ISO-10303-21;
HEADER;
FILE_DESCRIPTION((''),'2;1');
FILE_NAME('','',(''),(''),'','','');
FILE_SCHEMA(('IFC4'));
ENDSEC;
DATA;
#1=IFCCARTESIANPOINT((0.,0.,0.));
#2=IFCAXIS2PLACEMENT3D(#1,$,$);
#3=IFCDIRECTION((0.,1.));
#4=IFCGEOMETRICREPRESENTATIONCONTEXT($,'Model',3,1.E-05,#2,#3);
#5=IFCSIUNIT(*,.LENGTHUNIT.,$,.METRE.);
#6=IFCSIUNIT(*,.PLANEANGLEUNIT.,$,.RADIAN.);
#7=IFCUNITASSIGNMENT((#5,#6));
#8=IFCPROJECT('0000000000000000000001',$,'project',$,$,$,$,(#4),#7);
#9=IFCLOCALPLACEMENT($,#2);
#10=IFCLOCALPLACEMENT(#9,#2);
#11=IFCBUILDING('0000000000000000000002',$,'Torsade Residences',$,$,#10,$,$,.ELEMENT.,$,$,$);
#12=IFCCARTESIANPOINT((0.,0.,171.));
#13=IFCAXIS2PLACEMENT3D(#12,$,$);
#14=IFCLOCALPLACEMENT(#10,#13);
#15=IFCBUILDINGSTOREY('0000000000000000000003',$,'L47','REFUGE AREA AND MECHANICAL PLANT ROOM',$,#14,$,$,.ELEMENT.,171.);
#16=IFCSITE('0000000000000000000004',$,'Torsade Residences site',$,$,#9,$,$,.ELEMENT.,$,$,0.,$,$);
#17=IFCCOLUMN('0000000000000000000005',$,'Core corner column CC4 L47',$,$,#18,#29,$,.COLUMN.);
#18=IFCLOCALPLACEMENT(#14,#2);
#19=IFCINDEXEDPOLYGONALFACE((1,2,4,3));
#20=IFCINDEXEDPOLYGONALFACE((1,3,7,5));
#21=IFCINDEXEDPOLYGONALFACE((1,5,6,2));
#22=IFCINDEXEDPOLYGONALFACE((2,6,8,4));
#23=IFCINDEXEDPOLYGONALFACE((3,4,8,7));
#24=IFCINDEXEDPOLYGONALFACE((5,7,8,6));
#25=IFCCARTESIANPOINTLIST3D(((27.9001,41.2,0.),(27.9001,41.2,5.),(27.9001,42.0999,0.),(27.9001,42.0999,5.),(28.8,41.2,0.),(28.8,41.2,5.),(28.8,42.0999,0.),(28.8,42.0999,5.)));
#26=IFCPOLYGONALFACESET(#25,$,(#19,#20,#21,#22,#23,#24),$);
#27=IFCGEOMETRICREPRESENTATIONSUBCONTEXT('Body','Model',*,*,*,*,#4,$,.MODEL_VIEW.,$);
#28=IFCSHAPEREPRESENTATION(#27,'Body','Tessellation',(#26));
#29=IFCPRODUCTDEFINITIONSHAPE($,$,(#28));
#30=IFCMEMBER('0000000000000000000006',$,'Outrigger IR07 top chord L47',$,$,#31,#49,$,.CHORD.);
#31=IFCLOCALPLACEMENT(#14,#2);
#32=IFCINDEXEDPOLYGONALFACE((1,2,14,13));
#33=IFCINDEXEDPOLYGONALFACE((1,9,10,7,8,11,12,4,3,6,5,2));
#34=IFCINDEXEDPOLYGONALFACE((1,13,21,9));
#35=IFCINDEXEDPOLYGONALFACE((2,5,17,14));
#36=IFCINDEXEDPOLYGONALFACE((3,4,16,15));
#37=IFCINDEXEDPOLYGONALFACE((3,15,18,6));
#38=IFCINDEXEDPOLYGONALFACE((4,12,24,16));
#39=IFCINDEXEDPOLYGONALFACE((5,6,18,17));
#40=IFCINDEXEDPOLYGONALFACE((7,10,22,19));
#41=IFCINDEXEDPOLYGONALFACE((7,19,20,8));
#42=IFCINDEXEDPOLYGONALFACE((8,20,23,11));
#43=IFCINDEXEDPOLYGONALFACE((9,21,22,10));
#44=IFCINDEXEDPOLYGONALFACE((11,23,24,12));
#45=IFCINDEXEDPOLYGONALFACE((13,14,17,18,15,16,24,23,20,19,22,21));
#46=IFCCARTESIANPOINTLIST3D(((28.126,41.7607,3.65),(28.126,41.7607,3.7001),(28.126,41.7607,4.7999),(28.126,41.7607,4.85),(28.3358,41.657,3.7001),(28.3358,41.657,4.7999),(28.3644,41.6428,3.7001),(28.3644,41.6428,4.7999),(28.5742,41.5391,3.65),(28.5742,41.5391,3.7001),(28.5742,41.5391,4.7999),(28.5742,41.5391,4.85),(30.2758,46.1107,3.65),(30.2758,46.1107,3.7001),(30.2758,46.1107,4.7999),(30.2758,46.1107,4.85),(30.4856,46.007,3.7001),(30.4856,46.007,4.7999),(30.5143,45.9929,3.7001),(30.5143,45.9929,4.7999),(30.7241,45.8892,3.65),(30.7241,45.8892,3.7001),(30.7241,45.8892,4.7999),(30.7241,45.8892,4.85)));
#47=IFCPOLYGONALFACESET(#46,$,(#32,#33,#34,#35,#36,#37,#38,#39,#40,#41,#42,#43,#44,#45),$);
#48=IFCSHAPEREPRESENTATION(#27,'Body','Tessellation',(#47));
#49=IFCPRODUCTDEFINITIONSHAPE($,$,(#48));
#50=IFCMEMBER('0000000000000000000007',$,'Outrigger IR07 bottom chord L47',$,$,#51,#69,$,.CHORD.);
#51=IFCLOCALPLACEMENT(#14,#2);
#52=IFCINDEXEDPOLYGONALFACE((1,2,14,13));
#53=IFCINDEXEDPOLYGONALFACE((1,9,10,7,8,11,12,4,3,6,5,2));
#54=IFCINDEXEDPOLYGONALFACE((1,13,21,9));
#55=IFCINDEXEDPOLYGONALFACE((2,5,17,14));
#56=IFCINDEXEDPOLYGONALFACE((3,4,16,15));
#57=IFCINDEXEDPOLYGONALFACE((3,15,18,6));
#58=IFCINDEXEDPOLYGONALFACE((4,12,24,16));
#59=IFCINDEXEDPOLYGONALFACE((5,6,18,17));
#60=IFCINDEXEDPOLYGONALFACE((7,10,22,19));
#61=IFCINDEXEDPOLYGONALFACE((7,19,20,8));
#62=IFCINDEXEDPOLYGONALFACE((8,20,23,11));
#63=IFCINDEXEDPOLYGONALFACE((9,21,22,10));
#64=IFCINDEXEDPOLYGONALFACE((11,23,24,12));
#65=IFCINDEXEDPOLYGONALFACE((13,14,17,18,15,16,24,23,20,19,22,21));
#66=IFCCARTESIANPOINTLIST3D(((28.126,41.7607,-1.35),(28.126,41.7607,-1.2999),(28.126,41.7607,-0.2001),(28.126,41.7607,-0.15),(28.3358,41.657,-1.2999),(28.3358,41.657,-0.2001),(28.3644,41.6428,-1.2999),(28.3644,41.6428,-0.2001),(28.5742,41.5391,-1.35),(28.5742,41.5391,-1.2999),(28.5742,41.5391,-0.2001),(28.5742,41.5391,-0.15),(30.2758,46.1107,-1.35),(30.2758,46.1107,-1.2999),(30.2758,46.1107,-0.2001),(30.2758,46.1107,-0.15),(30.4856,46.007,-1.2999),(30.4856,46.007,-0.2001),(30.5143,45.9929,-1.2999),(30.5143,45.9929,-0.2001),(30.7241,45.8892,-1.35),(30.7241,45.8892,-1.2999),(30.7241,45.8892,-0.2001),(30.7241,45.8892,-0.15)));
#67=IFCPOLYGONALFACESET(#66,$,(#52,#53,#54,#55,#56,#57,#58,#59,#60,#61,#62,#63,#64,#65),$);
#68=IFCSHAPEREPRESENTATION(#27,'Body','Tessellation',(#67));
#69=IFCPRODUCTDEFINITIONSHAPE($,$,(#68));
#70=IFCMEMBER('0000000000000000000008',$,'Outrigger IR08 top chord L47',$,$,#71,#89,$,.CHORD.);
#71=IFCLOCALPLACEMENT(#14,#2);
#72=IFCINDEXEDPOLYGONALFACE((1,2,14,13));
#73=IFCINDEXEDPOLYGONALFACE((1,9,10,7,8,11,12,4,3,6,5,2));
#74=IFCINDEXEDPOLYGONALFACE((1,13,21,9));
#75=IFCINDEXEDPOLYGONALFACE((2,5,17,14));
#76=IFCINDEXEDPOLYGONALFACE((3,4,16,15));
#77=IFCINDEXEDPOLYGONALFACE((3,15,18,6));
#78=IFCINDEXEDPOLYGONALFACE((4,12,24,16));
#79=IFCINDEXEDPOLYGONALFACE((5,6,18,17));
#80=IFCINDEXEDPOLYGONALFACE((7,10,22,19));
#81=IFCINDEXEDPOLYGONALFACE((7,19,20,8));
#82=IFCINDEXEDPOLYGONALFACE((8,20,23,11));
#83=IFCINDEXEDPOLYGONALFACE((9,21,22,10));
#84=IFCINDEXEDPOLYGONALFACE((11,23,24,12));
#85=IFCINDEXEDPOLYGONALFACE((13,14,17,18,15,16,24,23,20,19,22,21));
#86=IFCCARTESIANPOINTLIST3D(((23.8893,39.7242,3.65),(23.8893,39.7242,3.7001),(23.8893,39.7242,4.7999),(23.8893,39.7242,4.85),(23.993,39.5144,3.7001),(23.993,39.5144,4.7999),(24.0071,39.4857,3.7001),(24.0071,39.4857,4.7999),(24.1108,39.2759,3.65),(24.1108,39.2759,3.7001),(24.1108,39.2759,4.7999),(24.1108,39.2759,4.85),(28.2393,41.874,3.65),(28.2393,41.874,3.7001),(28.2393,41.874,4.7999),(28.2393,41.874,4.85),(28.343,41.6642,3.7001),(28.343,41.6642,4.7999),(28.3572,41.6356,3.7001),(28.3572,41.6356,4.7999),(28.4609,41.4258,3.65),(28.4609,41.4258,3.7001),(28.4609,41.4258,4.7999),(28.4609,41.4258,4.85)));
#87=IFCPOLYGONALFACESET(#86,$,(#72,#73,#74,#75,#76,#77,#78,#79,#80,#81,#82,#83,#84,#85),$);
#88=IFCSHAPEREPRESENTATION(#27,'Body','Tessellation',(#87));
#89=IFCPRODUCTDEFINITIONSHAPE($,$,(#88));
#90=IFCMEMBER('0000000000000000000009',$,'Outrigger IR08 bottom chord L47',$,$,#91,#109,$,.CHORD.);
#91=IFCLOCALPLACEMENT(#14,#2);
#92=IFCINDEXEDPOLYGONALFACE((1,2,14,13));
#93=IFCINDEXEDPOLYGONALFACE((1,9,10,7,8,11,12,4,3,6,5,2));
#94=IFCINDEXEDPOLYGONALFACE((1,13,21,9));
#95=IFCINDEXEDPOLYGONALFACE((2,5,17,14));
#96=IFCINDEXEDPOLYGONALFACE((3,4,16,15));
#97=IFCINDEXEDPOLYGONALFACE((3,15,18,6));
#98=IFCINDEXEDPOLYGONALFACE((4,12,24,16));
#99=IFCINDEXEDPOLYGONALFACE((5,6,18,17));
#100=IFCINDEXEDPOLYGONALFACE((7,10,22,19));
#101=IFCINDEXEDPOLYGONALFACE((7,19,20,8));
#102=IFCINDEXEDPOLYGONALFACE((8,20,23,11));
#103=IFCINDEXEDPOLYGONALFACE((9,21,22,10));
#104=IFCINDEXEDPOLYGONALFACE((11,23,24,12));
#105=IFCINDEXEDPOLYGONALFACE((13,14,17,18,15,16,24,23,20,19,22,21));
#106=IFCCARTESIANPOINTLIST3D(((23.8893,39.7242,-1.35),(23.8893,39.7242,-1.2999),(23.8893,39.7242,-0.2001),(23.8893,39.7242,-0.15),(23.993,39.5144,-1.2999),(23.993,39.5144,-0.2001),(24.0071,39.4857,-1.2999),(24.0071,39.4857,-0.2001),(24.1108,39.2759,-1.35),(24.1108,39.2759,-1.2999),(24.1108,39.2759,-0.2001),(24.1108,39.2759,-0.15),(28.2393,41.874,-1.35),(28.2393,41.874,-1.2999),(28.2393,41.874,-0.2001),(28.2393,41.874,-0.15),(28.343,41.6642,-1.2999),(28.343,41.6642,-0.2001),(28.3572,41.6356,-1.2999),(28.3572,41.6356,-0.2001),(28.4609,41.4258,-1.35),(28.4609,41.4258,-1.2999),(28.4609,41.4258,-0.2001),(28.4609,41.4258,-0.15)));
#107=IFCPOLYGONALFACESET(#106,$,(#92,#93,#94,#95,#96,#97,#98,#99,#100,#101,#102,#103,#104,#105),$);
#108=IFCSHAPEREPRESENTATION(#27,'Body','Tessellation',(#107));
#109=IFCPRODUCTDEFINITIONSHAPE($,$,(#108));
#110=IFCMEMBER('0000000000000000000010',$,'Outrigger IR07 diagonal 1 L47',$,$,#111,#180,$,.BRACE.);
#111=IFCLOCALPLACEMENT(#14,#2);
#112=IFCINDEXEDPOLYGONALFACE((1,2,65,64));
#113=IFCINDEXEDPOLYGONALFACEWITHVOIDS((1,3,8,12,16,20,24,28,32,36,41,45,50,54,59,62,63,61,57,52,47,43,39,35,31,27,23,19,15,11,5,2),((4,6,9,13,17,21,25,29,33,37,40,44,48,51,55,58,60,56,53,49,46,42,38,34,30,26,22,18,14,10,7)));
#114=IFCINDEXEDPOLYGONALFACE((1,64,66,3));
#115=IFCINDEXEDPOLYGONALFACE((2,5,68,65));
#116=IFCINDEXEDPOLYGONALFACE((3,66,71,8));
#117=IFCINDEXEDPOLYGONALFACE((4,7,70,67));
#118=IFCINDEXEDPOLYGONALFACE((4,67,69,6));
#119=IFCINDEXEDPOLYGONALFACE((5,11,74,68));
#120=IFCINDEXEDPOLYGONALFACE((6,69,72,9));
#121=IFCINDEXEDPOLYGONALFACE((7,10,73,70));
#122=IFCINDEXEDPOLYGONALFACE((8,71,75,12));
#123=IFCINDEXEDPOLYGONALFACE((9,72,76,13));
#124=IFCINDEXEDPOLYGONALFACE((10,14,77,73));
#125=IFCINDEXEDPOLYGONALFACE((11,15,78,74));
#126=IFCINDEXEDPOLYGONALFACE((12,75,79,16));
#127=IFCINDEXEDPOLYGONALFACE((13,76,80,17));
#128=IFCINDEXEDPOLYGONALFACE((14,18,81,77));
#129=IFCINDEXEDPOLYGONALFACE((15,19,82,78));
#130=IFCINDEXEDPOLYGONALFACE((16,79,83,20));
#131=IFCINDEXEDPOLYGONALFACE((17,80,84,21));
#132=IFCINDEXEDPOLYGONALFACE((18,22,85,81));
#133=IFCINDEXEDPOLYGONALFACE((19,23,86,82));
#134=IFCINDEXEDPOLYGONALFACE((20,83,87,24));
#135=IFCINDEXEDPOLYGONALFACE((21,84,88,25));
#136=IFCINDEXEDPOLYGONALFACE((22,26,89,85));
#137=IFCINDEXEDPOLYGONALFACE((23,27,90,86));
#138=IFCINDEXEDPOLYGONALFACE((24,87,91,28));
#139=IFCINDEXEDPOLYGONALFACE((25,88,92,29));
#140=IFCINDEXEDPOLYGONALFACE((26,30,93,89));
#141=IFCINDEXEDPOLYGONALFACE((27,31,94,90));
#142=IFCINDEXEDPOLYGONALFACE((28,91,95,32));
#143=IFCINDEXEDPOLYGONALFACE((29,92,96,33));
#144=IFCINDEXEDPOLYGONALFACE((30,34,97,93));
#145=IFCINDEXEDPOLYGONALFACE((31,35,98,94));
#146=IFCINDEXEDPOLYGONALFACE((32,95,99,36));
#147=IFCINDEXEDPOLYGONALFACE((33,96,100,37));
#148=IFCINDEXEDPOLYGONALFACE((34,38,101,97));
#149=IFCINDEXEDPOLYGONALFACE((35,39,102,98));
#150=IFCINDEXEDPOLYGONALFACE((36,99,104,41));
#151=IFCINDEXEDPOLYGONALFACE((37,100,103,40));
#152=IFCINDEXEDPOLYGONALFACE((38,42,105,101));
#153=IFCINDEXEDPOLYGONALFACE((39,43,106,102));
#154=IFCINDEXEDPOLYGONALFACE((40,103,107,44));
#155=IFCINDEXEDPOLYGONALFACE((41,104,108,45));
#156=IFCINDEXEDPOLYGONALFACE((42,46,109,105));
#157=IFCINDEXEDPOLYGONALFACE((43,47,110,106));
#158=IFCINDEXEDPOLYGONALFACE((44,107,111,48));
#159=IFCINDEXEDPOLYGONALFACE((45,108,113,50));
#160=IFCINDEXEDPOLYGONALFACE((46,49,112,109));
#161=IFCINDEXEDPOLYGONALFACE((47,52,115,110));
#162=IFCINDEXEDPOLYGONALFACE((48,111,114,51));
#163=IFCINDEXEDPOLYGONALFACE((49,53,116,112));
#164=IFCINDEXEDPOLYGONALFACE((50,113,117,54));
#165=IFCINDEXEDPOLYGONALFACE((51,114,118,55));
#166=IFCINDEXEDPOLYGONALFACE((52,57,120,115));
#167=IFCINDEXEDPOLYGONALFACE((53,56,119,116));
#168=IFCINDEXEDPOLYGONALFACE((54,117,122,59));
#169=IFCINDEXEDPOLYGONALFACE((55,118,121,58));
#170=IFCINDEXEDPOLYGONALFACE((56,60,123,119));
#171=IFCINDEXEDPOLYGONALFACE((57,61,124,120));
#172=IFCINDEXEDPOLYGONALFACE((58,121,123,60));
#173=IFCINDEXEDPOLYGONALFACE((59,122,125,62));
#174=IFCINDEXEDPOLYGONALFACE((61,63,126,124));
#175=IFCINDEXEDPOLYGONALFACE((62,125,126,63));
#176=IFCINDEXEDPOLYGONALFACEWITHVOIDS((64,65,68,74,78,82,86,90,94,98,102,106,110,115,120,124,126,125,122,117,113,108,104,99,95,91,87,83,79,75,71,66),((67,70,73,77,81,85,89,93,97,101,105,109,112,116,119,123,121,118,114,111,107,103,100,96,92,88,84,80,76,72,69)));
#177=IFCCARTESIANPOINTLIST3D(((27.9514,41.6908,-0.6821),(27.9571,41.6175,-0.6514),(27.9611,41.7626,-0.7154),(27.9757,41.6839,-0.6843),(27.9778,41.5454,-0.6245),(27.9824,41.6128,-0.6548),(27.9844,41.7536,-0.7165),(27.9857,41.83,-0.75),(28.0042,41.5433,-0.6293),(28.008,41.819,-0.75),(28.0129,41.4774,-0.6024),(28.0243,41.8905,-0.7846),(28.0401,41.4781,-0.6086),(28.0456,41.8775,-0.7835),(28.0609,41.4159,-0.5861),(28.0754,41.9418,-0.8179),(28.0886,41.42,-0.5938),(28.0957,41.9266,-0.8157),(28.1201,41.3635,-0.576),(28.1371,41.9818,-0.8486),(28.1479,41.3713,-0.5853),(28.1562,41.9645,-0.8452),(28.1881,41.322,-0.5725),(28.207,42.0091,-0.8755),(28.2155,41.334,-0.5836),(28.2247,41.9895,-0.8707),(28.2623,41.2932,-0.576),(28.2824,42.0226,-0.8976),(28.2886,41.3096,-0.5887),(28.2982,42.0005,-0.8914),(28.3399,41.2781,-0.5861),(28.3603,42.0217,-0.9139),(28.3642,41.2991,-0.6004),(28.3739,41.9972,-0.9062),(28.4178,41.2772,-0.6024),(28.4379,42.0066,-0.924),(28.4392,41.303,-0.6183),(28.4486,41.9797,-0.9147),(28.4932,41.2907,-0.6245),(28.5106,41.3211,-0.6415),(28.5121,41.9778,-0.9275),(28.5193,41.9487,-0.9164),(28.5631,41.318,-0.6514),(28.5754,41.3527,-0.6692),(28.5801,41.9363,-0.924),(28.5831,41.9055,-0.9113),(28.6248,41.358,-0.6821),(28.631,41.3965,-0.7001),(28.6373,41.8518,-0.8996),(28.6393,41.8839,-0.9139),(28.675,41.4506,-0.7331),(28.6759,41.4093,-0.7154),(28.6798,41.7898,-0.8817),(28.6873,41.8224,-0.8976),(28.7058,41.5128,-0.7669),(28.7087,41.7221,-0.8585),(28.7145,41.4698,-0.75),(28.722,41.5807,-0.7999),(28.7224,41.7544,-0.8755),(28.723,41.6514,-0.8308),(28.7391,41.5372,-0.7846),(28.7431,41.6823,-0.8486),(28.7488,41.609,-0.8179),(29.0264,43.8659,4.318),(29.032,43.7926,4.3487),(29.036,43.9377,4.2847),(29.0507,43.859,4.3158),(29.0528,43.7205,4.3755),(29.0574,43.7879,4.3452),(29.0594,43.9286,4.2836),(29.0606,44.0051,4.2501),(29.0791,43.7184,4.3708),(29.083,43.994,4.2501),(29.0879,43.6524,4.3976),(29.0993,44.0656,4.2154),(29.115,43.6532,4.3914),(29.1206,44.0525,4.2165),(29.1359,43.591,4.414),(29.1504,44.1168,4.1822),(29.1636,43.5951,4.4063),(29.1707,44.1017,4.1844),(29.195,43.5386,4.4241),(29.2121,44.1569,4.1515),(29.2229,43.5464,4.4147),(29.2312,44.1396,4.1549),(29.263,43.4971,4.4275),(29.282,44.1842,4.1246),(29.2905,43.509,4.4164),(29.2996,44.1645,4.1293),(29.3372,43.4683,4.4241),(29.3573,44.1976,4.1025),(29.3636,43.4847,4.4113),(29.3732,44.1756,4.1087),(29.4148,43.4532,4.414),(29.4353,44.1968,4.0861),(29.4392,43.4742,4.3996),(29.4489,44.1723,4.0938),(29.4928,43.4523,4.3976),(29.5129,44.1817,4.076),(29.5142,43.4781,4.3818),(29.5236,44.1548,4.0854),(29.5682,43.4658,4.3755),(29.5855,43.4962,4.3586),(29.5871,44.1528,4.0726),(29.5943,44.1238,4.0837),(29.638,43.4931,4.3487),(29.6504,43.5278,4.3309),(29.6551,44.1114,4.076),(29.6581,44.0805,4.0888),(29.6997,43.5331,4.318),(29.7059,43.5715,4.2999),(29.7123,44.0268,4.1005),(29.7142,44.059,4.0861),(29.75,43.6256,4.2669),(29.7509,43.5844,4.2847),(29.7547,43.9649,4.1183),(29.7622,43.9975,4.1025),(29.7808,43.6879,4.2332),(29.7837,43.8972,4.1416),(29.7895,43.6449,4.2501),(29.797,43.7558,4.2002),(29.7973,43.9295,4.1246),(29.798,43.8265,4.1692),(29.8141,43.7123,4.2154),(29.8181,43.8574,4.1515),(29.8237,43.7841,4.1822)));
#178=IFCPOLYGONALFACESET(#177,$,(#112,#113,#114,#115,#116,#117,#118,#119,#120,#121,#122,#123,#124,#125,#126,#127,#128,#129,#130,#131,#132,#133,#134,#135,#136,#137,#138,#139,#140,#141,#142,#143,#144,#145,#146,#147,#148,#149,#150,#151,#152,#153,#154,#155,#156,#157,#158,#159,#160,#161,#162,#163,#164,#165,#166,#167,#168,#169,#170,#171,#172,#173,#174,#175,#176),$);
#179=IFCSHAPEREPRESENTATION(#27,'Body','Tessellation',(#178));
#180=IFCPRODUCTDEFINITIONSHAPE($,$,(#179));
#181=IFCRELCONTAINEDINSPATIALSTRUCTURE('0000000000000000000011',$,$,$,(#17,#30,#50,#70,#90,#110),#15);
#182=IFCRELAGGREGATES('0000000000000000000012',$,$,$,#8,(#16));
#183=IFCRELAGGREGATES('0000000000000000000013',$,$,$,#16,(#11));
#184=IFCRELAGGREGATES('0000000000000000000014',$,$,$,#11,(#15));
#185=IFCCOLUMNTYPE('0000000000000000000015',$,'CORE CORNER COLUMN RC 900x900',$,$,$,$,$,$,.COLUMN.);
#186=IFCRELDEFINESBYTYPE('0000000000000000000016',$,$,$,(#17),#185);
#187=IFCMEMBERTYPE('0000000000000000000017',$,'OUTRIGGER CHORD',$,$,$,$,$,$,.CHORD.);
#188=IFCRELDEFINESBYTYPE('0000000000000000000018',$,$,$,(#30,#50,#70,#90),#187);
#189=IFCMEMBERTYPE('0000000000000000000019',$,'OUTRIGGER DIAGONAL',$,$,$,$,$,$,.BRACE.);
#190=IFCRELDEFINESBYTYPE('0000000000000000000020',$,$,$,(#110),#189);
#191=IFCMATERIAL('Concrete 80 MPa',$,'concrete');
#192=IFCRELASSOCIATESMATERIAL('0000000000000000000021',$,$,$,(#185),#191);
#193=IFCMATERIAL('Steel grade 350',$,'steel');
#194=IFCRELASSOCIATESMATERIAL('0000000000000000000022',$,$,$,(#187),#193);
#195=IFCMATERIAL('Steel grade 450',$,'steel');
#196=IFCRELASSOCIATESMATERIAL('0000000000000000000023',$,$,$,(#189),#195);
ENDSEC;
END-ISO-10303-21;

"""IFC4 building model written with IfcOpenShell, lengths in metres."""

from ifc_helpers import new_model, si_unit, direction, frame, origin, origin_2d, place, context, subcontext, project, spatial, rectangle, hollow_circle, i_section, extrude, material, material_profile, profile_set, type_object, element, save


model = new_model("IFC4")

# Units and contexts
model_context = context("Model", 3, precision=1e-05, world=origin(), true_north=direction((0.0, 1.0)))
body_context = subcontext(model_context, "Body", "Model", "MODEL_VIEW")
ifc_project = project(units=[si_unit("LENGTHUNIT", "METRE"), si_unit("PLANEANGLEUNIT", "RADIAN")], contexts=[model_context])

# Site, building, storey
site_placement = place(None, origin())
site = spatial("IfcSite", under=ifc_project, at=site_placement, Name="Torsade Residences site", CompositionType="ELEMENT", RefElevation=0.0)
building_placement = place(site_placement, origin())
building = spatial("IfcBuilding", under=site, at=building_placement, Name="Torsade Residences", CompositionType="ELEMENT")
storey_placement = place(building_placement, frame((0.0, 0.0, 171.0)))
storey = spatial("IfcBuildingStorey", under=building, at=storey_placement, Name="L47", Description="REFUGE AREA AND MECHANICAL PLANT ROOM", CompositionType="ELEMENT", Elevation=171.0)

# Column
ifc_material_1 = material(Name="Concrete 80 MPa", Category="concrete")
ifc_material_profile_1 = material_profile(ifc_material_1, rectangle(XDim=0.8999, YDim=0.8999, at=origin_2d()), Name="RC 900x900")
ifc_profile_set_1 = profile_set([ifc_material_profile_1], Name="Concrete 80 MPa")
column_type = type_object("IfcColumnType", Name="CORE CORNER COLUMN RC 900x900", PredefinedType="COLUMN", material=ifc_profile_set_1)
column_placement = place(storey_placement, frame((28.3501, 41.6499, 0.0), z_axis=(0.0, 0.0, 1.0), x_axis=(1.0, 0.0, 0.0)))
element("IfcColumn", 1, at=column_placement, inside=storey, type_object=column_type, Name="Core corner column CC4 L47", PredefinedType="COLUMN", context=body_context, shape_type="SweptSolid", body=[
    extrude(rectangle(XDim=0.8999, YDim=0.8999, at=origin_2d()), origin(), (0.0, 0.0, 1.0), 5.0),
])

# Members
ifc_material_2 = material(Name="Steel grade 350", Category="steel")
ifc_material_profile_2 = material_profile(ifc_material_2, i_section(OverallWidth=0.5, OverallDepth=1.2, WebThickness=0.032, FlangeThickness=0.05, at=origin_2d()), Name="1200x500x50x32WPG")
ifc_profile_set_2 = profile_set([ifc_material_profile_2], Name="Steel grade 350")
member_type_1 = type_object("IfcMemberType", Name="OUTRIGGER CHORD", PredefinedType="CHORD", material=ifc_profile_set_2)
for number, where, z_axis, x_axis, name in (
    (2, (28.3501, 41.6499, 4.25), (0.443063, 0.896491, 0.0), (-0.896491, 0.443063, 0.0), "Outrigger IR07 top chord L47"),
    (3, (28.3501, 41.6499, -0.75), (0.443063, 0.896491, 0.0), (-0.896491, 0.443063, 0.0), "Outrigger IR07 bottom chord L47"),
    (4, (28.3501, 41.6499, 4.25), (-0.896491, -0.443063, 0.0), (0.443063, -0.896491, 0.0), "Outrigger IR08 top chord L47"),
    (5, (28.3501, 41.6499, -0.75), (-0.896491, -0.443063, 0.0), (0.443063, -0.896491, 0.0), "Outrigger IR08 bottom chord L47"),
):
    element("IfcMember", number, at=place(storey_placement, frame(where, z_axis=z_axis, x_axis=x_axis)), inside=storey, type_object=member_type_1, Name=name, PredefinedType="CHORD", context=body_context, shape_type="SweptSolid", body=[
        extrude(i_section(OverallWidth=0.5, OverallDepth=1.2, WebThickness=0.032, FlangeThickness=0.05, at=origin_2d()), origin(), (0.0, 0.0, 1.0), 4.8523),
    ])
ifc_material_3 = material(Name="Steel grade 450", Category="steel")
ifc_material_profile_3 = material_profile(ifc_material_3, hollow_circle(Radius=0.4065, WallThickness=0.0249, at=origin_2d()), Name="813.0x25.0CHS")
ifc_profile_set_3 = profile_set([ifc_material_profile_3], Name="Steel grade 450")
member_type_2 = type_object("IfcMemberType", Name="OUTRIGGER DIAGONAL", PredefinedType="BRACE", material=ifc_profile_set_3)
for number, where, z_axis, x_axis, name in (
    (6, (28.3501, 41.6499, -0.75), (0.193422, 0.391368, 0.899677), (-0.896491, 0.443063, 0.0), "Outrigger IR07 diagonal 1 L47"),
):
    element("IfcMember", number, at=place(storey_placement, frame(where, z_axis=z_axis, x_axis=x_axis)), inside=storey, type_object=member_type_2, Name=name, PredefinedType="BRACE", context=body_context, shape_type="SweptSolid", body=[
        extrude(hollow_circle(Radius=0.4065, WallThickness=0.0249, at=origin_2d()), origin(), (0.0, 0.0, 1.0), 5.5576),
    ])

save(model, "model.ifc")
